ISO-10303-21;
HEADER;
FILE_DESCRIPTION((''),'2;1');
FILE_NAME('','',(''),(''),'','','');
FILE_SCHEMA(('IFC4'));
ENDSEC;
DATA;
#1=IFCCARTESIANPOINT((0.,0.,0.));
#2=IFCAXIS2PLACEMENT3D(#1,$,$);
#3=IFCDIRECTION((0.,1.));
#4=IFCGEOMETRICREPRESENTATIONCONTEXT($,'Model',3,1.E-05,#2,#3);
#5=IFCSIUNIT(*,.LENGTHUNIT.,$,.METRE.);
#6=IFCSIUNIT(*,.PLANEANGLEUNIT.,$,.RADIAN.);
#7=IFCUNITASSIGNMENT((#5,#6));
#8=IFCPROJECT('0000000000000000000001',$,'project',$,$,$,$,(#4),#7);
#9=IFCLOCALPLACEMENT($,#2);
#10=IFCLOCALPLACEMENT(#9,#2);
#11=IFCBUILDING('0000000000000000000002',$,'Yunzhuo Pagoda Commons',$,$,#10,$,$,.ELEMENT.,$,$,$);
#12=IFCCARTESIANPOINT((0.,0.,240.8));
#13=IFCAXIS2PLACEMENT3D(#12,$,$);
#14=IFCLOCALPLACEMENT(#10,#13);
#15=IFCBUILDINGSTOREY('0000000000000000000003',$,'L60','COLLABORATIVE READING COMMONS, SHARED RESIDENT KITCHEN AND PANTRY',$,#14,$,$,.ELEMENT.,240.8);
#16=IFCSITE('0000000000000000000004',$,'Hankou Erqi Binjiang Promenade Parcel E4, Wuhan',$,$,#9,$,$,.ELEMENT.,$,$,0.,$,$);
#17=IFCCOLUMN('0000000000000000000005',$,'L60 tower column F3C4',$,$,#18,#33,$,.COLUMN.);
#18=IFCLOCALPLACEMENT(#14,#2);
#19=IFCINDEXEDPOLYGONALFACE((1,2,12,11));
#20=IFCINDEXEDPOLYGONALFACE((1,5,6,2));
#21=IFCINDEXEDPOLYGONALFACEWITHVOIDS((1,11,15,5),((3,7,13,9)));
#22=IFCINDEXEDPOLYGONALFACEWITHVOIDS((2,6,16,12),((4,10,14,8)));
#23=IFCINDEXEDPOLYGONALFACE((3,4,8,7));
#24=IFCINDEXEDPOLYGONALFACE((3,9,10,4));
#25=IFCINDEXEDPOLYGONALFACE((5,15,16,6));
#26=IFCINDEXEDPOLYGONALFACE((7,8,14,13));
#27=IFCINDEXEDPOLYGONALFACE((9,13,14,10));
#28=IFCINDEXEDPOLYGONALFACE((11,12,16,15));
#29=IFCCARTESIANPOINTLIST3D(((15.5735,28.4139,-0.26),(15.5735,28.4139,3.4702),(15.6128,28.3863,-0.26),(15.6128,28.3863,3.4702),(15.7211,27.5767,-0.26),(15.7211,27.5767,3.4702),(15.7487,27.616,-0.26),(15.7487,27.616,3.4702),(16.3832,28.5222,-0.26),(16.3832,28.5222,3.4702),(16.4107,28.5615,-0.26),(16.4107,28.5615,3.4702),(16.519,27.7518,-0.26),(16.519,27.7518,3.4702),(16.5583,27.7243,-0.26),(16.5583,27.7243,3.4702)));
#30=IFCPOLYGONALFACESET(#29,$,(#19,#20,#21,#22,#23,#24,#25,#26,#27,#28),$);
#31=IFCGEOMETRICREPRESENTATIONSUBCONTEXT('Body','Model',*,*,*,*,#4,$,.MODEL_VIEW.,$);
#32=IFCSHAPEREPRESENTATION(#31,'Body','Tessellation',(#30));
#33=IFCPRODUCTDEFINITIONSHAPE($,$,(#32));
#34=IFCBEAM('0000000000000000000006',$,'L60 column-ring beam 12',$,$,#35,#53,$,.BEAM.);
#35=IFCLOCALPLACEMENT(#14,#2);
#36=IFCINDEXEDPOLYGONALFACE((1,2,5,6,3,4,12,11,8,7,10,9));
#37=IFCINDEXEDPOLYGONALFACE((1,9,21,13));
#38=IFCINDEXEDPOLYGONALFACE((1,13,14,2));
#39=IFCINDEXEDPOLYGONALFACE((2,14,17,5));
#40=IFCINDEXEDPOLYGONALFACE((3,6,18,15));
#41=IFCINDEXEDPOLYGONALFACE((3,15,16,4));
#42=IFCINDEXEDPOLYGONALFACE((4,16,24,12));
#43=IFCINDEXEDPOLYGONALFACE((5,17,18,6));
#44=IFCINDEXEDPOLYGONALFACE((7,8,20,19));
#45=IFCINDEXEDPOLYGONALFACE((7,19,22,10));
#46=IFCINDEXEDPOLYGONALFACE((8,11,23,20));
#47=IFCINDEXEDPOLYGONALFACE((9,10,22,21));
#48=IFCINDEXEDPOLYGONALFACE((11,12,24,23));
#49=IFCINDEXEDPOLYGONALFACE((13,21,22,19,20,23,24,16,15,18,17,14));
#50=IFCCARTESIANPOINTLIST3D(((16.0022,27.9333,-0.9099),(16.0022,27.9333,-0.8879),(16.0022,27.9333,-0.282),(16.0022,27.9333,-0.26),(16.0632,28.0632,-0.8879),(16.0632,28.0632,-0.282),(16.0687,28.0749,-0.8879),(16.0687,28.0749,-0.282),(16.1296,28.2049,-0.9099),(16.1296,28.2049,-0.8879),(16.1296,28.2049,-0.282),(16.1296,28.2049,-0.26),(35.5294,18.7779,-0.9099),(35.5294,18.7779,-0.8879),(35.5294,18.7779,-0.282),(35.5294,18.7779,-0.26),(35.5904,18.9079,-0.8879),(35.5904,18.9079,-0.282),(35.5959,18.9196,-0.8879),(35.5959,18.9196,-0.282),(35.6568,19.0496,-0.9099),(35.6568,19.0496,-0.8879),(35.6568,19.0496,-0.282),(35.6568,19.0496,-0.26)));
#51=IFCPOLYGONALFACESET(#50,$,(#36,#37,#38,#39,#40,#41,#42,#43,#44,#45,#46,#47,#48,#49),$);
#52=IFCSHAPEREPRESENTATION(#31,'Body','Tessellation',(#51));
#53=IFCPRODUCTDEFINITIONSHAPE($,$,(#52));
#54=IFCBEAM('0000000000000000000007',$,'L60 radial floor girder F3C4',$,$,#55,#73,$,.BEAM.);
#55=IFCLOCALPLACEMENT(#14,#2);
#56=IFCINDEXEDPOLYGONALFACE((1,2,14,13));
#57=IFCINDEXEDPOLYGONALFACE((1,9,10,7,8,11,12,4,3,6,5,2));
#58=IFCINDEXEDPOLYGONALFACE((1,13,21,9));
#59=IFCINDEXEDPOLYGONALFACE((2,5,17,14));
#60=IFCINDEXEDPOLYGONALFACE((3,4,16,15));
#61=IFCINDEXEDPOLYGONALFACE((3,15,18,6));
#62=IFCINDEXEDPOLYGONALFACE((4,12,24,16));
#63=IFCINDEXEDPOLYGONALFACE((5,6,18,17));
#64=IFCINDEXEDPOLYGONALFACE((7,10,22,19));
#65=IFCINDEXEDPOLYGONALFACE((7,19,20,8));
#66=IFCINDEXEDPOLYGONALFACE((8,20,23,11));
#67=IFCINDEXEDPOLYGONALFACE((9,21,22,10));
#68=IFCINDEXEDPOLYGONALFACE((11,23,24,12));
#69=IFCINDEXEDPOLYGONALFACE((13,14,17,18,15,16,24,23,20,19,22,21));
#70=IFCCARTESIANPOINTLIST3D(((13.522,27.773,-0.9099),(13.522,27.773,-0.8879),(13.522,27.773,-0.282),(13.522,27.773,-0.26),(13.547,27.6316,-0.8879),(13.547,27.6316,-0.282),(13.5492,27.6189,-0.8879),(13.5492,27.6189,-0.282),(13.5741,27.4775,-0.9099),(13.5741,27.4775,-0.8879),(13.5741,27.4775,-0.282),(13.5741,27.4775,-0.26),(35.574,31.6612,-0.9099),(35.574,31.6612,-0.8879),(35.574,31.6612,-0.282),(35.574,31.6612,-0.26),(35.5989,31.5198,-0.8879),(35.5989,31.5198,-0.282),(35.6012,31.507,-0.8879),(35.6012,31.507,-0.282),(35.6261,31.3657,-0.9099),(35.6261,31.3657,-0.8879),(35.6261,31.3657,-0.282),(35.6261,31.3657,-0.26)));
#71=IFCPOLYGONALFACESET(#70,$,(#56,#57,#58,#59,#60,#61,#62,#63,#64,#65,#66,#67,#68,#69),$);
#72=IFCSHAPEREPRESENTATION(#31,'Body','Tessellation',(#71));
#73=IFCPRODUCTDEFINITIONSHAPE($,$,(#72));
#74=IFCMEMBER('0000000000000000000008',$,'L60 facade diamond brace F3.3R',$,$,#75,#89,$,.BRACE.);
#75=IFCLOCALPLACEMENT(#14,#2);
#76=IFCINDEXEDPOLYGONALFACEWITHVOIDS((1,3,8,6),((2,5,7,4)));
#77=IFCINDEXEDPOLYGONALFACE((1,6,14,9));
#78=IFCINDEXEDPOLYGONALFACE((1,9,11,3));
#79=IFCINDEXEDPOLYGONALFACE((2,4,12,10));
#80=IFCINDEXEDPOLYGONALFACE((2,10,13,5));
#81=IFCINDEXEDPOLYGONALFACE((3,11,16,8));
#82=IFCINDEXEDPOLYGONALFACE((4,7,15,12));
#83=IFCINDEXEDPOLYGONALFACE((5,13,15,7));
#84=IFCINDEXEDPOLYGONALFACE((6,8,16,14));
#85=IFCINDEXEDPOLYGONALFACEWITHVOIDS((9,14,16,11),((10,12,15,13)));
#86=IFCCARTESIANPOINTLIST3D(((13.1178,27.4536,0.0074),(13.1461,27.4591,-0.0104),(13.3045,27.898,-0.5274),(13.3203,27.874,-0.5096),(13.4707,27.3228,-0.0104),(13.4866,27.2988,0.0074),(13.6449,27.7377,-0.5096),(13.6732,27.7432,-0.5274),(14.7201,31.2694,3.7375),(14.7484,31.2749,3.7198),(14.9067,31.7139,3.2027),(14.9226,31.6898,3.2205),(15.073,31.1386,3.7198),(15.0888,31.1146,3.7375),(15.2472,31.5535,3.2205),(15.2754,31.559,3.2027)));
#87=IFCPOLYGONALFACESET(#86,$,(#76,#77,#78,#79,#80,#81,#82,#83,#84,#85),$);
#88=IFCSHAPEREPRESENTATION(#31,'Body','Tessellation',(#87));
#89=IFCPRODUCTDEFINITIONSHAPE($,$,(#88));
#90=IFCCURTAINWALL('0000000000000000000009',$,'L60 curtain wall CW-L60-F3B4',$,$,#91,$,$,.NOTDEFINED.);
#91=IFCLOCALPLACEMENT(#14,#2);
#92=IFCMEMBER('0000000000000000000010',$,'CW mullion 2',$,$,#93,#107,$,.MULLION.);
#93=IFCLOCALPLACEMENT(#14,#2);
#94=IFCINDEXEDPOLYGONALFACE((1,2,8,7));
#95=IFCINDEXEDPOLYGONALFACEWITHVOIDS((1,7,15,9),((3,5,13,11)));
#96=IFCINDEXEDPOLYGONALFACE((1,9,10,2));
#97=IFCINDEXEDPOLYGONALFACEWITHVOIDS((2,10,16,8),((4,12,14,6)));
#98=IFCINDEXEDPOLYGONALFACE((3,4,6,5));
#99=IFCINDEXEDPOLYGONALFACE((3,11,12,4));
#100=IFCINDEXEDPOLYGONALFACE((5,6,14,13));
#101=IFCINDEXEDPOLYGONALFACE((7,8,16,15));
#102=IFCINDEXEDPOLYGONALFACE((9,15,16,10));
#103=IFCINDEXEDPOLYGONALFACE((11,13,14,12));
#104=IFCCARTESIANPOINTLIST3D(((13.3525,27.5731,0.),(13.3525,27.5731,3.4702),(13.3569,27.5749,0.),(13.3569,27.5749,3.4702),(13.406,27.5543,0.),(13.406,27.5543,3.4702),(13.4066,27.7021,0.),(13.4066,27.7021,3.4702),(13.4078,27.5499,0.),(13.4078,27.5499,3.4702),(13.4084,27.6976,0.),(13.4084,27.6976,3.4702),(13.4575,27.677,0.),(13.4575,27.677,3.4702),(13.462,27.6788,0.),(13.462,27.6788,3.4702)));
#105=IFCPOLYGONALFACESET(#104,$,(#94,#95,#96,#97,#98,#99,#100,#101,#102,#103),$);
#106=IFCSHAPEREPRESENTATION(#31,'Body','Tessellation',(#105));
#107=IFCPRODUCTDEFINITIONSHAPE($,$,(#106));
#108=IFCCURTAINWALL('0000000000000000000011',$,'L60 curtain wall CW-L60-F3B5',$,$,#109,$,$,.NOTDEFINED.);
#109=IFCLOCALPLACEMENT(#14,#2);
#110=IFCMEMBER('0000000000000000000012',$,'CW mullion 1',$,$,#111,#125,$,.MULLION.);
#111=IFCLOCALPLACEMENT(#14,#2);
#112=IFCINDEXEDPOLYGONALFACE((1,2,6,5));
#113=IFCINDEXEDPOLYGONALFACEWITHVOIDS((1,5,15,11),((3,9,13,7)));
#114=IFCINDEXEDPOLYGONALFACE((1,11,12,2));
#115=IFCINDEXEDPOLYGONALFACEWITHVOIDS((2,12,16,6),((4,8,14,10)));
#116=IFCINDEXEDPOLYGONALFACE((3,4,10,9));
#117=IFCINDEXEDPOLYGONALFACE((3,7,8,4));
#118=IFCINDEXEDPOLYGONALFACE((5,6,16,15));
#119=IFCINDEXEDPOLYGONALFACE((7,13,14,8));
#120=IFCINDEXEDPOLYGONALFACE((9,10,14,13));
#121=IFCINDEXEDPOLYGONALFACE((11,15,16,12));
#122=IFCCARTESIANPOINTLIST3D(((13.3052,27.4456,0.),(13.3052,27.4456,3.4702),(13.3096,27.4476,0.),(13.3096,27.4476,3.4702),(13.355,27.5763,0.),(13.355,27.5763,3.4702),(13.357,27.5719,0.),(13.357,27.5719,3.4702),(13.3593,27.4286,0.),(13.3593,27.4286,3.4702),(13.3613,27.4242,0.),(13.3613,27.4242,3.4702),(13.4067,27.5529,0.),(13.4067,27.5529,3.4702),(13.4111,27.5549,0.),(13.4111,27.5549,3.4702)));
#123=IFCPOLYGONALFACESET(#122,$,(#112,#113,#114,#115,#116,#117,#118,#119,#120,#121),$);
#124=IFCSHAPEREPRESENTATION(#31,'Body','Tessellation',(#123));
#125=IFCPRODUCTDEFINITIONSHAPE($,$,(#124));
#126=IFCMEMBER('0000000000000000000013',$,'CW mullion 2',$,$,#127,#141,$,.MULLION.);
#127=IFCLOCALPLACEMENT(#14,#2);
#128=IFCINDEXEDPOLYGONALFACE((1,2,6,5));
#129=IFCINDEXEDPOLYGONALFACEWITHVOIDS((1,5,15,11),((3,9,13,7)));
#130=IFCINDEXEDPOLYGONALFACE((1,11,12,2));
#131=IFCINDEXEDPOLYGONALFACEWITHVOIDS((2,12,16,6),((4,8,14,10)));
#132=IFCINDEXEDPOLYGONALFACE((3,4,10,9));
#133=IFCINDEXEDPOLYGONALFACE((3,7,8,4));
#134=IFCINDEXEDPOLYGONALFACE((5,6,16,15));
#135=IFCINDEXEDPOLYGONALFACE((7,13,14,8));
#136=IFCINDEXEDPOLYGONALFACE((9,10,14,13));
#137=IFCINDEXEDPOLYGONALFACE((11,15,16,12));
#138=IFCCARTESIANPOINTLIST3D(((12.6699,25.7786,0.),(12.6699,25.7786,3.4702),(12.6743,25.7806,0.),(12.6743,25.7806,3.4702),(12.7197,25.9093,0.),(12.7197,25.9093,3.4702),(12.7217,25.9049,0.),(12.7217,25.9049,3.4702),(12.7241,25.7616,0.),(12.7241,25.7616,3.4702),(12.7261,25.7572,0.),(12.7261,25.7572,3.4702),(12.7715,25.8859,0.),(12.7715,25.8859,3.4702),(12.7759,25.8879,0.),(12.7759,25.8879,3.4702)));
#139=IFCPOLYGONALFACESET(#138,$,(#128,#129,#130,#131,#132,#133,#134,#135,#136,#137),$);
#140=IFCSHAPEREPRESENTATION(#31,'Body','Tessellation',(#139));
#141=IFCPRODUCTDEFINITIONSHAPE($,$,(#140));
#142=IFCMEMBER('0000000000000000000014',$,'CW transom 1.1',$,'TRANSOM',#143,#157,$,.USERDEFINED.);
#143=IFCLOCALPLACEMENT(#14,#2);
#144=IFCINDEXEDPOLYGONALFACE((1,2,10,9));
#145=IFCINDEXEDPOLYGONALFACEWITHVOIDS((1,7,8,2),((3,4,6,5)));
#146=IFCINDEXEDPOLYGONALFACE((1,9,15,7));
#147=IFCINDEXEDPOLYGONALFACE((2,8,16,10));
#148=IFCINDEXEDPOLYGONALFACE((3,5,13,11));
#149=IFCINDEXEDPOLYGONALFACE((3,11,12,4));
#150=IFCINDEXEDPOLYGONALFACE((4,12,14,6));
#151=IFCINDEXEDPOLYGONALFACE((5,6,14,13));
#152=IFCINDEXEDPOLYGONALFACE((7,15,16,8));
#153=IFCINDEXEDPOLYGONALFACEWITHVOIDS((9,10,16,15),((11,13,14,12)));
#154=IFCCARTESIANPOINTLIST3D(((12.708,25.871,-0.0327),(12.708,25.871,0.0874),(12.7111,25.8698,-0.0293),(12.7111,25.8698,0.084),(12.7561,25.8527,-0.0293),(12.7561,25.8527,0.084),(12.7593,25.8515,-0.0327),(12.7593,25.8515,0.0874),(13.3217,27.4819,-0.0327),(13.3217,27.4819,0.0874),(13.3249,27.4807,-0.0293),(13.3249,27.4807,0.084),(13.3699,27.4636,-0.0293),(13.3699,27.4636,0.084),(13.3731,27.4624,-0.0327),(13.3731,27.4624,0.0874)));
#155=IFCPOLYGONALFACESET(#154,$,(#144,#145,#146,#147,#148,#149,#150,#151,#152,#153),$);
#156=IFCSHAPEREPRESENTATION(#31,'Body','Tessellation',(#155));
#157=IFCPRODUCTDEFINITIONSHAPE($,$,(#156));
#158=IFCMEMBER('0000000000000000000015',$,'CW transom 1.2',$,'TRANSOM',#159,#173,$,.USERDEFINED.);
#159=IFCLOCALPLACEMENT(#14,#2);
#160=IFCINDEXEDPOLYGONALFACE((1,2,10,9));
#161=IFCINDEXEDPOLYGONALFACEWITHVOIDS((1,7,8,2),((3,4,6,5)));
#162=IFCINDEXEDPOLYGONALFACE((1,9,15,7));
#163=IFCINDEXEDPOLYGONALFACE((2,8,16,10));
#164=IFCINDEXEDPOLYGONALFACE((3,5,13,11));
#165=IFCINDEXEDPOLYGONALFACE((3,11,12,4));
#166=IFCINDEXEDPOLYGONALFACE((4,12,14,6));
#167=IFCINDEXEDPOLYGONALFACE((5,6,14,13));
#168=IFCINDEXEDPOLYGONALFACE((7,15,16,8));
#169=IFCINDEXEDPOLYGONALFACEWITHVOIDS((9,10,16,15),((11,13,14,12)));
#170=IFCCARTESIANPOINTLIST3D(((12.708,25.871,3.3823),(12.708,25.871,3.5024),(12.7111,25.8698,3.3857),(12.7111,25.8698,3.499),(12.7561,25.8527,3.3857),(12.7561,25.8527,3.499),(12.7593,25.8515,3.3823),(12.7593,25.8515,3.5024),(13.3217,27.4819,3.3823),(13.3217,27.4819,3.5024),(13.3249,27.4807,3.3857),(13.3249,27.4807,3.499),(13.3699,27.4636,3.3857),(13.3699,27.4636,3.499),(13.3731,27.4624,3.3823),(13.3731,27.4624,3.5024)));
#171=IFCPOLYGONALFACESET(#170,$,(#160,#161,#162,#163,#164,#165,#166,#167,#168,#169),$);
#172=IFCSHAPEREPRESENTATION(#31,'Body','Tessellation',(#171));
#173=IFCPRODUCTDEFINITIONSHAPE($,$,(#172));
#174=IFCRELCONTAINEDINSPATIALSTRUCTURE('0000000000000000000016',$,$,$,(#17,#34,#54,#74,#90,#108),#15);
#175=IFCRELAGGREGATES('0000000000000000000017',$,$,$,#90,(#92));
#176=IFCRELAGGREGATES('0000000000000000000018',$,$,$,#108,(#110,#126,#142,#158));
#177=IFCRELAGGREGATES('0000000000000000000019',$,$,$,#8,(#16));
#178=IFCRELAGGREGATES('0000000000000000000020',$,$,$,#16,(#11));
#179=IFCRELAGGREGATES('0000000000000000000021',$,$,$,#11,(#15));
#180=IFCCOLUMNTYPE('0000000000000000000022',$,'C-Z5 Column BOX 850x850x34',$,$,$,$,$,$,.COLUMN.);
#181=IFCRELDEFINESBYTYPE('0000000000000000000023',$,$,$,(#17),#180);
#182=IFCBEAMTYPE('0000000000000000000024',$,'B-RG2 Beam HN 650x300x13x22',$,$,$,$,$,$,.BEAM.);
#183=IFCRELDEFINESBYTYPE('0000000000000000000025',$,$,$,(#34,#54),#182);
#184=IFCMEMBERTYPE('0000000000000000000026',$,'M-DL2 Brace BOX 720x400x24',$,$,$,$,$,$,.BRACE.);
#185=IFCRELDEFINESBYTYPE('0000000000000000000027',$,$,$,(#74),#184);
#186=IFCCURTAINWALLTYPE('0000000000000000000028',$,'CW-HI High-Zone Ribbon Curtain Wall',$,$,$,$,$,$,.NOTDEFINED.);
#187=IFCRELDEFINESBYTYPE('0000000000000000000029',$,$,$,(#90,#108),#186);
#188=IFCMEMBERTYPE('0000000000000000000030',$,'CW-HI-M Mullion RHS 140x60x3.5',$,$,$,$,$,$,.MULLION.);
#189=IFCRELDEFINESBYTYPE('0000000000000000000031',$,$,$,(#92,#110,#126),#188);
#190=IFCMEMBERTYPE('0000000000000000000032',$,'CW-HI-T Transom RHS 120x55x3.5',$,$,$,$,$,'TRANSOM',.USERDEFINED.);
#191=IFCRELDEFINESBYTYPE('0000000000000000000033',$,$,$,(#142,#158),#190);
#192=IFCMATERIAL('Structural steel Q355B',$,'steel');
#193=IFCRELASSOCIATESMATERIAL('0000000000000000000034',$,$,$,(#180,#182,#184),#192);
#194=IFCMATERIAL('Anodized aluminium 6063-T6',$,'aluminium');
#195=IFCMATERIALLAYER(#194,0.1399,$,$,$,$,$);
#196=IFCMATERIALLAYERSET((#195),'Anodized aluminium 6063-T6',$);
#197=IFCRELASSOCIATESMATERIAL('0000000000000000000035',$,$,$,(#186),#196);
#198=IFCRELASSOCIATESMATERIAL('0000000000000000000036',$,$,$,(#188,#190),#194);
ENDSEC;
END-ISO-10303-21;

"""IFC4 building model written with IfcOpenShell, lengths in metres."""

from ifc_helpers import new_model, si_unit, direction, frame, origin, origin_2d, place, context, subcontext, project, spatial, hollow_rectangle, i_section, extrude, source, transform, mapped, material, layer, layer_set, material_profile, profile_set, type_object, element, aggregate, save


model = new_model("IFC4")

# Units and contexts
model_context = context("Model", 3, precision=1e-05, world=origin(), true_north=direction((0.0, 1.0)))
body_context = subcontext(model_context, "Body", "Model", "MODEL_VIEW")
ifc_project = project(units=[si_unit("LENGTHUNIT", "METRE"), si_unit("PLANEANGLEUNIT", "RADIAN")], contexts=[model_context])

# Site, building, storey
site_placement = place(None, origin())
site = spatial("IfcSite", under=ifc_project, at=site_placement, Name="Hankou Erqi Binjiang Promenade Parcel E4, Wuhan", CompositionType="ELEMENT", RefElevation=0.0)
building_placement = place(site_placement, origin())
building = spatial("IfcBuilding", under=site, at=building_placement, Name="Yunzhuo Pagoda Commons", CompositionType="ELEMENT")
storey_placement = place(building_placement, frame((0.0, 0.0, 240.8)))
storey = spatial("IfcBuildingStorey", under=building, at=storey_placement, Name="L60", Description="COLLABORATIVE READING COMMONS, SHARED RESIDENT KITCHEN AND PANTRY", CompositionType="ELEMENT", Elevation=240.8)

# Column
ifc_material_1 = material(Name="Structural steel Q355B", Category="steel")
ifc_material_profile_1 = material_profile(ifc_material_1, hollow_rectangle(XDim=0.8501, YDim=0.8501, WallThickness=0.0339, at=origin_2d()), Name="Structural steel Q355B")
ifc_profile_set_1 = profile_set([ifc_material_profile_1], Name="Structural steel Q355B")
column_type = type_object("IfcColumnType", Name="C-Z5 Column BOX 850x850x34", PredefinedType="COLUMN", material=ifc_profile_set_1)
shared_shape_1 = source(origin(), body_context, "Body", "SweptSolid", [
    extrude(hollow_rectangle(XDim=0.8501, YDim=0.8501, WallThickness=0.0339, at=origin_2d()), origin(), (0.0, 0.0, 1.0), 3.7302),
])
column_placement = place(storey_placement, frame((16.0659, 28.0691, -0.26), z_axis=(0.0, 0.0, 1.0), x_axis=(0.173648, -0.984808, 0.0)))
element("IfcColumn", 1, at=column_placement, inside=storey, type_object=column_type, Name="L60 tower column F3C4", PredefinedType="COLUMN", context=body_context, shape_type="MappedRepresentation", body=[
    mapped(shared_shape_1, transform((0.0, 0.0, 0.0), scale=1.0)),
])

# Beams
ifc_material_profile_2 = material_profile(ifc_material_1, i_section(OverallWidth=0.3, OverallDepth=0.6499, WebThickness=0.0129, FlangeThickness=0.022, at=origin_2d()), Name="Structural steel Q355B")
ifc_profile_set_2 = profile_set([ifc_material_profile_2], Name="Structural steel Q355B")
beam_type = type_object("IfcBeamType", Name="B-RG2 Beam HN 650x300x13x22", PredefinedType="BEAM", material=ifc_profile_set_2)
shared_shape_2 = source(origin(), body_context, "Body", "SweptSolid", [
    extrude(i_section(OverallWidth=0.3, OverallDepth=0.6499, WebThickness=0.0129, FlangeThickness=0.022, at=origin_2d()), origin(), (0.0, 0.0, 1.0), 21.5669),
])
beam_1_placement = place(storey_placement, frame((16.0659, 28.0691, -0.585), z_axis=(0.905424, -0.424508, 0.0), x_axis=(0.424508, 0.905424, 0.0)))
element("IfcBeam", 2, at=beam_1_placement, inside=storey, type_object=beam_type, Name="L60 column-ring beam 12", PredefinedType="BEAM", context=body_context, shape_type="MappedRepresentation", body=[
    mapped(shared_shape_2, transform((0.0, 0.0, 0.0), scale=1.0)),
])
shared_shape_3 = source(origin(), body_context, "Body", "SweptSolid", [
    extrude(i_section(OverallWidth=0.3, OverallDepth=0.6499, WebThickness=0.0129, FlangeThickness=0.022, at=origin_2d()), origin(), (0.0, 0.0, 1.0), 22.3921),
])
beam_2_placement = place(storey_placement, frame((13.5481, 27.6252, -0.585), z_axis=(0.984809, 0.17364, 0.0), x_axis=(-0.17364, 0.984809, 0.0)))
element("IfcBeam", 3, at=beam_2_placement, inside=storey, type_object=beam_type, Name="L60 radial floor girder F3C4", PredefinedType="BEAM", context=body_context, shape_type="MappedRepresentation", body=[
    mapped(shared_shape_3, transform((0.0, 0.0, 0.0), scale=1.0)),
])

# Member
ifc_material_profile_3 = material_profile(ifc_material_1, hollow_rectangle(XDim=0.3999, YDim=0.72, WallThickness=0.0239, at=origin_2d()), Name="Structural steel Q355B")
ifc_profile_set_3 = profile_set([ifc_material_profile_3], Name="Structural steel Q355B")
member_type_1 = type_object("IfcMemberType", Name="M-DL2 Brace BOX 720x400x24", PredefinedType="BRACE", material=ifc_profile_set_3)
shared_shape_4 = source(origin(), body_context, "Body", "SweptSolid", [
    extrude(hollow_rectangle(XDim=0.3999, YDim=0.72, WallThickness=0.0239, at=origin_2d()), origin(), (0.0, 0.0, 1.0), 5.5715),
])
member_1_placement = place(storey_placement, frame((13.3955, 27.5984, -0.26), z_axis=(0.287581, 0.684883, 0.669502), x_axis=(-0.922016, 0.387152, 0.0)))
element("IfcMember", 4, at=member_1_placement, inside=storey, type_object=member_type_1, Name="L60 facade diamond brace F3.3R", PredefinedType="BRACE", context=body_context, shape_type="MappedRepresentation", body=[
    mapped(shared_shape_4, transform((0.0, 0.0, 0.0), scale=1.0)),
])

# Curtain wall, member
ifc_material_2 = material(Name="Anodized aluminium 6063-T6", Category="aluminium")
ifc_layer_1 = layer(ifc_material_2, 0.1399)
ifc_layer_set_1 = layer_set([ifc_layer_1], Name="Anodized aluminium 6063-T6")
curtain_wall_type_1 = type_object("IfcCurtainWallType", Name="CW-HI High-Zone Ribbon Curtain Wall", PredefinedType="NOTDEFINED", material=ifc_layer_set_1)
curtain_wall_1_placement = place(storey_placement, origin())
curtain_wall_1 = element("IfcCurtainWall", 5, at=curtain_wall_1_placement, inside=storey, type_object=curtain_wall_type_1, Name="L60 curtain wall CW-L60-F3B4", PredefinedType="NOTDEFINED")
ifc_material_profile_4 = material_profile(ifc_material_2, hollow_rectangle(XDim=0.0601, YDim=0.1399, WallThickness=0.0034, at=origin_2d()), Name="Anodized aluminium 6063-T6")
ifc_profile_set_4 = profile_set([ifc_material_profile_4], Name="Anodized aluminium 6063-T6")
member_type_2 = type_object("IfcMemberType", Name="CW-HI-M Mullion RHS 140x60x3.5", PredefinedType="MULLION", material=ifc_profile_set_4)
shared_shape_5 = source(origin(), body_context, "Body", "SweptSolid", [
    extrude(hollow_rectangle(XDim=0.0601, YDim=0.1399, WallThickness=0.0034, at=origin_2d()), origin(), (0.0, 0.0, 1.0), 3.4702),
])
member_2_placement = place(storey_placement, frame((13.4072, 27.626, 0.0), z_axis=(0.0, 0.0, 1.0), x_axis=(0.922008, -0.38717, 0.0)))
member_2 = element("IfcMember", 6, at=member_2_placement, type_object=member_type_2, Name="CW mullion 2", PredefinedType="MULLION", context=body_context, shape_type="MappedRepresentation", body=[
    mapped(shared_shape_5, transform((0.0, 0.0, 0.0), scale=1.0)),
])

# Curtain wall, members
curtain_wall_2_placement = place(storey_placement, origin())
curtain_wall_2 = element("IfcCurtainWall", 7, at=curtain_wall_2_placement, inside=storey, type_object=curtain_wall_type_1, Name="L60 curtain wall CW-L60-F3B5", PredefinedType="NOTDEFINED")
member_3_placement = place(storey_placement, frame((13.3582, 27.5002, 0.0), z_axis=(0.0, 0.0, 1.0), x_axis=(0.934441, -0.356117, 0.0)))
member_3 = element("IfcMember", 8, at=member_3_placement, type_object=member_type_2, Name="CW mullion 1", PredefinedType="MULLION", context=body_context, shape_type="MappedRepresentation", body=[
    mapped(shared_shape_5, transform((0.0, 0.0, 0.0), scale=1.0)),
])
member_4_placement = place(storey_placement, frame((12.7229, 25.8333, 0.0), z_axis=(0.0, 0.0, 1.0), x_axis=(0.934441, -0.356117, 0.0)))
member_4 = element("IfcMember", 9, at=member_4_placement, type_object=member_type_2, Name="CW mullion 2", PredefinedType="MULLION", context=body_context, shape_type="MappedRepresentation", body=[
    mapped(shared_shape_5, transform((0.0, 0.0, 0.0), scale=1.0)),
])
ifc_material_profile_5 = material_profile(ifc_material_2, hollow_rectangle(XDim=0.0549, YDim=0.1201, WallThickness=0.0034, at=origin_2d()), Name="Anodized aluminium 6063-T6")
ifc_profile_set_5 = profile_set([ifc_material_profile_5], Name="Anodized aluminium 6063-T6")
member_type_3 = type_object("IfcMemberType", Name="CW-HI-T Transom RHS 120x55x3.5", ElementType="TRANSOM", PredefinedType="USERDEFINED", material=ifc_profile_set_5)
shared_shape_6 = source(origin(), body_context, "Body", "SweptSolid", [
    extrude(hollow_rectangle(XDim=0.0549, YDim=0.1201, WallThickness=0.0034, at=origin_2d()), origin(), (0.0, 0.0, 1.0), 1.7239),
])
member_5_placement = place(storey_placement, frame((13.3474, 27.4722, 0.0273), z_axis=(-0.356054, -0.934465, 0.0), x_axis=(0.934465, -0.356054, 0.0)))
member_5 = element("IfcMember", 10, at=member_5_placement, type_object=member_type_3, Name="CW transom 1.1", ObjectType="TRANSOM", PredefinedType="USERDEFINED", context=body_context, shape_type="MappedRepresentation", body=[
    mapped(shared_shape_6, transform((0.0, 0.0, 0.0), scale=1.0)),
])
member_6_placement = place(storey_placement, frame((13.3474, 27.4722, 3.4424), z_axis=(-0.356054, -0.934465, 0.0), x_axis=(0.934465, -0.356054, 0.0)))
member_6 = element("IfcMember", 11, at=member_6_placement, type_object=member_type_3, Name="CW transom 1.2", ObjectType="TRANSOM", PredefinedType="USERDEFINED", context=body_context, shape_type="MappedRepresentation", body=[
    mapped(shared_shape_6, transform((0.0, 0.0, 0.0), scale=1.0)),
])

aggregate(curtain_wall_1, [member_2])
aggregate(curtain_wall_2, [member_3, member_4, member_5, member_6])

save(model, "model.ifc")
